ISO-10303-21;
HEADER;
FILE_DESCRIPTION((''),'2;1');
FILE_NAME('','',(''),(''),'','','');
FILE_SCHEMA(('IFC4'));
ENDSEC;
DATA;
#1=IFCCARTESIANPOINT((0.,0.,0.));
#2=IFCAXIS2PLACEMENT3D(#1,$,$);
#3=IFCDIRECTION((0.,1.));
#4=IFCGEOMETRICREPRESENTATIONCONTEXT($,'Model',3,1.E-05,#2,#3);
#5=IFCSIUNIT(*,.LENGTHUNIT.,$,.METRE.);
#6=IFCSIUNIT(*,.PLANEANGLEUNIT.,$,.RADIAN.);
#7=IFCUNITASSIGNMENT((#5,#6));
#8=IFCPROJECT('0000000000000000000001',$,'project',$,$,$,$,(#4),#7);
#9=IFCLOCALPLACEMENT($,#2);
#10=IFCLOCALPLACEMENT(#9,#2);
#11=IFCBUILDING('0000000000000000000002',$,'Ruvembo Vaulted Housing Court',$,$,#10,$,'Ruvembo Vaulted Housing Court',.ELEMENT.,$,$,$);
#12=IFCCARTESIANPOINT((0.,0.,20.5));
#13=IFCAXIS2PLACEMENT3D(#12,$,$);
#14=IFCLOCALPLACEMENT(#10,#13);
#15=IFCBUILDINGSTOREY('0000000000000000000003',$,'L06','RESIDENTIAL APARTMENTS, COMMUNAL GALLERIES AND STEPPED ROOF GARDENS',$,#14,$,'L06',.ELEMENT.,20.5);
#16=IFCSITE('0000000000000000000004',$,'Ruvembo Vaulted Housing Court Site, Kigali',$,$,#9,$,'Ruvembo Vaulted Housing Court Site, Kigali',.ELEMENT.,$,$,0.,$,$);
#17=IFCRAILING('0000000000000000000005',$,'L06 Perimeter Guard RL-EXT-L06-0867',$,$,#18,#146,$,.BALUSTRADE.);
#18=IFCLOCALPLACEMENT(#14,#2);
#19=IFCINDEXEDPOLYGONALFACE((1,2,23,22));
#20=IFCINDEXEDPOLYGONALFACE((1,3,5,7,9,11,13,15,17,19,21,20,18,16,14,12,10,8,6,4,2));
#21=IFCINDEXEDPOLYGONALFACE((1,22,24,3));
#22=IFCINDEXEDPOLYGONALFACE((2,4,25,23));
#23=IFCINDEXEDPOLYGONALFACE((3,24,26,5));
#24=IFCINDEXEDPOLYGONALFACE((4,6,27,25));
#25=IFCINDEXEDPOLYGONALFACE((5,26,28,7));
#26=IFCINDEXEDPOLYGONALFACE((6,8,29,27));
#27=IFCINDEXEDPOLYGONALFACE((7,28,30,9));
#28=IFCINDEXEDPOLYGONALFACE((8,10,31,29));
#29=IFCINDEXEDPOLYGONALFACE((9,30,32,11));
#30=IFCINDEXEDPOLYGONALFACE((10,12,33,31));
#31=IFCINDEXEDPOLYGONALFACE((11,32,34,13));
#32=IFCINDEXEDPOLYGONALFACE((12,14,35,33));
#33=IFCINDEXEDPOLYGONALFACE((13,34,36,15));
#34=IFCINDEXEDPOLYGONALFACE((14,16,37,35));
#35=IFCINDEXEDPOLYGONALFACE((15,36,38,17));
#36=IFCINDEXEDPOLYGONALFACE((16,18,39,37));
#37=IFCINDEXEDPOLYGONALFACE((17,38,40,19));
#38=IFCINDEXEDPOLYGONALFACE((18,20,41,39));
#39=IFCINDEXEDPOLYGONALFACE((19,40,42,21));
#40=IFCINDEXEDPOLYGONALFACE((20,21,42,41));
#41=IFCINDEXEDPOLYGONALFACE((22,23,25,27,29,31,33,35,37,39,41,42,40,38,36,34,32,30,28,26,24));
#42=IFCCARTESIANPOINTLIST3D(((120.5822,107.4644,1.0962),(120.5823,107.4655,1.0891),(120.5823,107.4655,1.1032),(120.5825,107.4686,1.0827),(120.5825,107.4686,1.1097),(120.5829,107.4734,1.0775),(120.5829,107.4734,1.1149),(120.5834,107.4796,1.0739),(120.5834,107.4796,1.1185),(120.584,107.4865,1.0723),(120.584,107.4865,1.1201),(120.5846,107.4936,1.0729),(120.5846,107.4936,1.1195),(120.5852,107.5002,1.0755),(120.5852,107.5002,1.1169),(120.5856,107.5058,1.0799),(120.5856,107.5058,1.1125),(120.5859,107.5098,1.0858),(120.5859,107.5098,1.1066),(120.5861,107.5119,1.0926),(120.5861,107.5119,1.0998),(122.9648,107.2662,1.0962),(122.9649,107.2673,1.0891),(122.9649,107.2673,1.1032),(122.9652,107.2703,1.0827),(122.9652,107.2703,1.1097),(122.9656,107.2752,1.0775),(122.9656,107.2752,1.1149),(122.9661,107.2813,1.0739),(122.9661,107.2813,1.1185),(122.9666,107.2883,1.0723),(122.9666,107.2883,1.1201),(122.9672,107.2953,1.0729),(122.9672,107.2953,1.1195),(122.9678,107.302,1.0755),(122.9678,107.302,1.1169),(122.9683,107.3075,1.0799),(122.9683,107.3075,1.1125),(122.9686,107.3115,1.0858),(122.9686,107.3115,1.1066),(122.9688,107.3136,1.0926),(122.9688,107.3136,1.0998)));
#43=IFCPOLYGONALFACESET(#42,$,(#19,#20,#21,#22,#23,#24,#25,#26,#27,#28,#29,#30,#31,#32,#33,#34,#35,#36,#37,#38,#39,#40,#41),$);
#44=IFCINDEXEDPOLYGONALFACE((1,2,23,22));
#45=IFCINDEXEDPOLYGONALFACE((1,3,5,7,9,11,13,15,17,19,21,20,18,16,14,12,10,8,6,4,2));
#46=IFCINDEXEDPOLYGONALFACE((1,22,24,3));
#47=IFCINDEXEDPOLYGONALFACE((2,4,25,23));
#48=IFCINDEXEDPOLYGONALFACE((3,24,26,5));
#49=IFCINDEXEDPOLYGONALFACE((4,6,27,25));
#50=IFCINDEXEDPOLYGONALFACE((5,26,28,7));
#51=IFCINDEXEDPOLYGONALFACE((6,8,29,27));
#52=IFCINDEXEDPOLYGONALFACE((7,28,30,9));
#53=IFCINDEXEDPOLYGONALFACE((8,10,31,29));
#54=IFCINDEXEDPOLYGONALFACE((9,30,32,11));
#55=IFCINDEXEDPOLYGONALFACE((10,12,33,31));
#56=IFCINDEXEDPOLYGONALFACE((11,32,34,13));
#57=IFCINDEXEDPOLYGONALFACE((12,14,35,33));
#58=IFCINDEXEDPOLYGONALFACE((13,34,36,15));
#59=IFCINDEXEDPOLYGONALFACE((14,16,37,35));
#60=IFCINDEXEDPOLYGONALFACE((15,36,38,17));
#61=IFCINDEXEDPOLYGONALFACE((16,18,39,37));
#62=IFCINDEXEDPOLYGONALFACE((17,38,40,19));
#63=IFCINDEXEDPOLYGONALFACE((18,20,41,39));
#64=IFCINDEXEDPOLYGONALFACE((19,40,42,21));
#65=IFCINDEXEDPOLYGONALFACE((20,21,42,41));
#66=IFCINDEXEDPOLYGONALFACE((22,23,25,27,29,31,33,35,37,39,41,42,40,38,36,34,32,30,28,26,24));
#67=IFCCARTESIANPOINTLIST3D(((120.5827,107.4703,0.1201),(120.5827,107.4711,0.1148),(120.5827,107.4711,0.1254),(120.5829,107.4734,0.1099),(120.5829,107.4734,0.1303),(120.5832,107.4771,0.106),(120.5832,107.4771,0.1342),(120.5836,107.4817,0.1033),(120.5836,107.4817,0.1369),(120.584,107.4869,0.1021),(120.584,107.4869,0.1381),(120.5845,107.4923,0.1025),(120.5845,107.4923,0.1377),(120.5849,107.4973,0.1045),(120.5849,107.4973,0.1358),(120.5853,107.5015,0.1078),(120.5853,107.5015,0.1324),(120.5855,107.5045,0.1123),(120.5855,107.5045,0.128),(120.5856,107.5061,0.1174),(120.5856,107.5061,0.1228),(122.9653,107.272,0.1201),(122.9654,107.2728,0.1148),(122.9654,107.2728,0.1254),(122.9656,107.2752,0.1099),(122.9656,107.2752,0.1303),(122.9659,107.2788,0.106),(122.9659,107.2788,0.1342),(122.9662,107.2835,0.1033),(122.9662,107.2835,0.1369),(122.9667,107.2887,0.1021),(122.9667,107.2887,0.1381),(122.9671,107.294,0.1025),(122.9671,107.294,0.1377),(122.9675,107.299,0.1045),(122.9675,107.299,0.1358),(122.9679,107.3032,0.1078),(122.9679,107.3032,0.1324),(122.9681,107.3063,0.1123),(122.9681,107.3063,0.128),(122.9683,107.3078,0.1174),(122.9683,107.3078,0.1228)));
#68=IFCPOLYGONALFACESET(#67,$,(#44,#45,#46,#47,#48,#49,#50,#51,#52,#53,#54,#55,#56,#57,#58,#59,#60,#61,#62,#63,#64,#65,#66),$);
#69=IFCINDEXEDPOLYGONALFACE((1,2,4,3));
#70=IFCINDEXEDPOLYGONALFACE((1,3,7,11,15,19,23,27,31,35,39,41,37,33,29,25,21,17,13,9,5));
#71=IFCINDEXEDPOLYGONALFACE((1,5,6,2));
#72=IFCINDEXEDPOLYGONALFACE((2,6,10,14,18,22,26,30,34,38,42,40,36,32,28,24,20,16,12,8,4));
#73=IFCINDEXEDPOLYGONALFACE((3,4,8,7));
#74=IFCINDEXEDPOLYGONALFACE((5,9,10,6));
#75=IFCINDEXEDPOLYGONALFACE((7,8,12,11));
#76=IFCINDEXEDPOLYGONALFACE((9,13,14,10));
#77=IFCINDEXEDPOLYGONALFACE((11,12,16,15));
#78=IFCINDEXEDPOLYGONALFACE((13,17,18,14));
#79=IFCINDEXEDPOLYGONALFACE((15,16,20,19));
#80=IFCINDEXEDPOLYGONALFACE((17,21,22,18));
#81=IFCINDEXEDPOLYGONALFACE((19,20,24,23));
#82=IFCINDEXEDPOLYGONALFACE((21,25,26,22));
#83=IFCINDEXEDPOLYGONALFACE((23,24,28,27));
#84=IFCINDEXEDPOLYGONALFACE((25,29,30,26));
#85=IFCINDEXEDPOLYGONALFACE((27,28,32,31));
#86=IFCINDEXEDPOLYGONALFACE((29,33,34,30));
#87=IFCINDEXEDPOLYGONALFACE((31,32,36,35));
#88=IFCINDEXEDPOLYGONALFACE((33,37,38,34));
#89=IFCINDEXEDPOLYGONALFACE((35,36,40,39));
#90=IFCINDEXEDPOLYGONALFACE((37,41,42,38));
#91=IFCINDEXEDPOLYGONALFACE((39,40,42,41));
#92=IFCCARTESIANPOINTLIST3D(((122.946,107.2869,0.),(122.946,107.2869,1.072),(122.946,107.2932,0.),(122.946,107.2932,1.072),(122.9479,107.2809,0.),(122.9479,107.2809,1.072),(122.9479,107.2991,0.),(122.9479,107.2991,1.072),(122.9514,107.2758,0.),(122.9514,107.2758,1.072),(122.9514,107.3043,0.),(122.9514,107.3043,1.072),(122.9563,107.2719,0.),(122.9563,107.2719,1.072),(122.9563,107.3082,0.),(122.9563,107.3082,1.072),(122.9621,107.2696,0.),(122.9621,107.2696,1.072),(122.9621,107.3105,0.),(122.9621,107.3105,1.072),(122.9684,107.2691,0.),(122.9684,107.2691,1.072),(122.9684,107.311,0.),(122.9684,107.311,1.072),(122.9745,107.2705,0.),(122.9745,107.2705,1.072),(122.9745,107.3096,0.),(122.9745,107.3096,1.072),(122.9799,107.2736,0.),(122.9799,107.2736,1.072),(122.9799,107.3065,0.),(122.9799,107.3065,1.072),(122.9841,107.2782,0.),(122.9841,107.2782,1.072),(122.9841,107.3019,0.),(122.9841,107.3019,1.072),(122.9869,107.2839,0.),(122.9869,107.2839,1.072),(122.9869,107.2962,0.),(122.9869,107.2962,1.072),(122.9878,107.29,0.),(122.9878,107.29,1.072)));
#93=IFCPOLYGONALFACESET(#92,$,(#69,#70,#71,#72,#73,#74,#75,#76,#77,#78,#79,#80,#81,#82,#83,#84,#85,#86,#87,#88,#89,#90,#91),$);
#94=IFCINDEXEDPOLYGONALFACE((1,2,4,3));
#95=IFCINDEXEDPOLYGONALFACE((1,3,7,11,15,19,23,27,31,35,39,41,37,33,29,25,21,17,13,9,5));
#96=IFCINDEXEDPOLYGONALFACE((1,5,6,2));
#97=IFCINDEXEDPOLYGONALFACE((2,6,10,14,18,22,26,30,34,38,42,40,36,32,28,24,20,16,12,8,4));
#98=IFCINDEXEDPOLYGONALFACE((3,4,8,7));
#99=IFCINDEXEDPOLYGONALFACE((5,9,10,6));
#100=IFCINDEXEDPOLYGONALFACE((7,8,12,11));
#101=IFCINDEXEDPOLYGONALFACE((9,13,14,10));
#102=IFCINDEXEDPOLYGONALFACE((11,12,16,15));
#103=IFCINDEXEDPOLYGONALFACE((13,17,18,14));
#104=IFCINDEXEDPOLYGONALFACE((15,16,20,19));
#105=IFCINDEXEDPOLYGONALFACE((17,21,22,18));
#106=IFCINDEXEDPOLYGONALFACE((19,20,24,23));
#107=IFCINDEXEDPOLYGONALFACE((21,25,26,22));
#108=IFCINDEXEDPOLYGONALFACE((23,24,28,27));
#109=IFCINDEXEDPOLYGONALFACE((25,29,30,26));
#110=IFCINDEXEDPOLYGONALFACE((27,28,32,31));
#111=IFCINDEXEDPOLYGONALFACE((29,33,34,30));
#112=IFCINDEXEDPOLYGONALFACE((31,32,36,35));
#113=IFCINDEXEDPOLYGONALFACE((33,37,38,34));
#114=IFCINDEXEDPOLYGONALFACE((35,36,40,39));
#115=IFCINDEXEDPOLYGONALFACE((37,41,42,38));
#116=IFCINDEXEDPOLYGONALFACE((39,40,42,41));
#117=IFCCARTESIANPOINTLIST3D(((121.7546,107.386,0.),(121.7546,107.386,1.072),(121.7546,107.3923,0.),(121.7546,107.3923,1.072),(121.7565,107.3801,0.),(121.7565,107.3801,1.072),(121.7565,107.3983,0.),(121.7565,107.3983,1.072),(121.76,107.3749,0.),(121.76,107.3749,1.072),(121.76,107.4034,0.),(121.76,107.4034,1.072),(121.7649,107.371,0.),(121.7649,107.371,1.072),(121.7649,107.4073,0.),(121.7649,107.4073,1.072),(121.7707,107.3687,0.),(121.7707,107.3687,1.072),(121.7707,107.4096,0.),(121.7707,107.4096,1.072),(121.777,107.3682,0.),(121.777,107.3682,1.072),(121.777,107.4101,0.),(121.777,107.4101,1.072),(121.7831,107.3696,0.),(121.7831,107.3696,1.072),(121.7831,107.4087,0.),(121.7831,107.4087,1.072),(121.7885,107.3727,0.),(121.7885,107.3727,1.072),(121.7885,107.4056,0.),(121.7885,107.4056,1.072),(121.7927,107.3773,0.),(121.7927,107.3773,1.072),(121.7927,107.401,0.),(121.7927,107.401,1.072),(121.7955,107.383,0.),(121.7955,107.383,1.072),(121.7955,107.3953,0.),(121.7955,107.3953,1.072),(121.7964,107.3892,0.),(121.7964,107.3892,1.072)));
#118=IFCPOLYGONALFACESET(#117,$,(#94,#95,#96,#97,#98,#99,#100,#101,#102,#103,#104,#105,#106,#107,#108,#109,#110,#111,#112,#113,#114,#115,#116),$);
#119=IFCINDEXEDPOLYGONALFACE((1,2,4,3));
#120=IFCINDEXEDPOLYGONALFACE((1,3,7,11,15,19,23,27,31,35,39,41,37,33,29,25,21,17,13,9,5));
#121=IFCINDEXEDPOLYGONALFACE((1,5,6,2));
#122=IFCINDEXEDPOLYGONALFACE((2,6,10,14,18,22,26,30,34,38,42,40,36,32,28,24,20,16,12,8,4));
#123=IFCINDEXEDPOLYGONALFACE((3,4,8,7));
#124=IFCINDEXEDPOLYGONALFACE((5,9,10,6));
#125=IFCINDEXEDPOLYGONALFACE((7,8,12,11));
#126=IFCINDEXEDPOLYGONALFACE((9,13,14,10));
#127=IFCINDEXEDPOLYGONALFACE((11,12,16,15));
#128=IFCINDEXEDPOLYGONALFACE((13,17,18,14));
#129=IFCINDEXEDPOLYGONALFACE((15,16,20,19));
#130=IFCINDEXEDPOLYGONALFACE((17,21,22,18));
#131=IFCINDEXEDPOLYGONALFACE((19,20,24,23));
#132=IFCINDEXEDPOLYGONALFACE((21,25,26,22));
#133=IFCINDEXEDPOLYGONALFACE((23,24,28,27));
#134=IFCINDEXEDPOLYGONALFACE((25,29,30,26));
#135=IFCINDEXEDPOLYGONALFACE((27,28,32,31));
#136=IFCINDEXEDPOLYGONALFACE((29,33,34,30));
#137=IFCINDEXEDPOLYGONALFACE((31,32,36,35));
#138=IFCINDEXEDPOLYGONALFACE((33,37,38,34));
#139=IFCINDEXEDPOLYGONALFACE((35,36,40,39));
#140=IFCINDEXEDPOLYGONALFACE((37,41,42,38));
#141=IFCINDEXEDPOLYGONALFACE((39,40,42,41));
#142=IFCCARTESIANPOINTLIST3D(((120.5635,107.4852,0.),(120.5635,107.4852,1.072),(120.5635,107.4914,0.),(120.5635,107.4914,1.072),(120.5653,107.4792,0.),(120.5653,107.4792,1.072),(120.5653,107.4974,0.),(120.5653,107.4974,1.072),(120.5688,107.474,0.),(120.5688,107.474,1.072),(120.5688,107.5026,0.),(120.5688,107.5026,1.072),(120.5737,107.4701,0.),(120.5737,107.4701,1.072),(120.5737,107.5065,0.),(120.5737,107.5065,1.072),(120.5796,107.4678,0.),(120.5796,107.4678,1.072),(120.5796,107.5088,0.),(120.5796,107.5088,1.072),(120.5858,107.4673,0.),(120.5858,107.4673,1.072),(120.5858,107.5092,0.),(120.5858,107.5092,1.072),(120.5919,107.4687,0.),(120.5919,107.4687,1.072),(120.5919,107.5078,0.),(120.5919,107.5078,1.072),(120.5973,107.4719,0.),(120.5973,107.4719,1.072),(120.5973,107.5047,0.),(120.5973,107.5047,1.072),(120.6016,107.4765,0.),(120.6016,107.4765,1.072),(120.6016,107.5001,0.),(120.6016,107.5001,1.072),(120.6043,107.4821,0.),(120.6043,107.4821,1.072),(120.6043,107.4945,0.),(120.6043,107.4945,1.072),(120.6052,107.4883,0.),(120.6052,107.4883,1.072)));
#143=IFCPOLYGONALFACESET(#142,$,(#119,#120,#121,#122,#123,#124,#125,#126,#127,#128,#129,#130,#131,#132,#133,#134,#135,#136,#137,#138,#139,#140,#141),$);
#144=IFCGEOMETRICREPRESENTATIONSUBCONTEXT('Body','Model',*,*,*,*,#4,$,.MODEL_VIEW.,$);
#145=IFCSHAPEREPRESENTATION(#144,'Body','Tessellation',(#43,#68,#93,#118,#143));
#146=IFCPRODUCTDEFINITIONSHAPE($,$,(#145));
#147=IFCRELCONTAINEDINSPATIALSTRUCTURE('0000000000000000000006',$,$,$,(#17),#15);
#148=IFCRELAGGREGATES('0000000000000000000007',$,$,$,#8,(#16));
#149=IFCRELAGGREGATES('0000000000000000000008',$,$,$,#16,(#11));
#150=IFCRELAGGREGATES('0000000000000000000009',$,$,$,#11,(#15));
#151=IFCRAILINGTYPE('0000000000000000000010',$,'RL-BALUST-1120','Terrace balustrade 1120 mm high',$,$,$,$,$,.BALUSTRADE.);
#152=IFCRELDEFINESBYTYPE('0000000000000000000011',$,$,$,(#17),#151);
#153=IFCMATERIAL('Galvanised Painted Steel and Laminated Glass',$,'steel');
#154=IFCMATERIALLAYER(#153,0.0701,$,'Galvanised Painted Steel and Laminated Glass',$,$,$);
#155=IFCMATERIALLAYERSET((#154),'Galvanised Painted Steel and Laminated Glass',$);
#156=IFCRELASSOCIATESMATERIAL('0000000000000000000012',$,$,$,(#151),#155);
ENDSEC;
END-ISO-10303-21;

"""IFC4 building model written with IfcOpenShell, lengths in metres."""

from ifc_helpers import new_model, si_unit, direction, frame, origin, origin_2d, place, context, subcontext, project, spatial, circle, extrude, material, layer, layer_set, type_object, element, save


model = new_model("IFC4")

# Units and contexts
model_context = context("Model", 3, precision=1e-05, world=origin(), true_north=direction((0.0, 1.0)))
body_context = subcontext(model_context, "Body", "Model", "MODEL_VIEW")
ifc_project = project(units=[si_unit("LENGTHUNIT", "METRE"), si_unit("PLANEANGLEUNIT", "RADIAN")], contexts=[model_context])

# Site, building, storey
site_placement = place(None, origin())
site = spatial("IfcSite", under=ifc_project, at=site_placement, Name="Ruvembo Vaulted Housing Court Site, Kigali", LongName="Ruvembo Vaulted Housing Court Site, Kigali", CompositionType="ELEMENT", RefElevation=0.0)
building_placement = place(site_placement, origin())
building = spatial("IfcBuilding", under=site, at=building_placement, Name="Ruvembo Vaulted Housing Court", LongName="Ruvembo Vaulted Housing Court", CompositionType="ELEMENT")
storey_placement = place(building_placement, frame((0.0, 0.0, 20.5)))
storey = spatial("IfcBuildingStorey", under=building, at=storey_placement, Name="L06", Description="RESIDENTIAL APARTMENTS, COMMUNAL GALLERIES AND STEPPED ROOF GARDENS", LongName="L06", CompositionType="ELEMENT", Elevation=20.5)

# Railing
ifc_material_1 = material(Name="Galvanised Painted Steel and Laminated Glass", Category="steel")
ifc_layer = layer(ifc_material_1, 0.0701, Name="Galvanised Painted Steel and Laminated Glass")
ifc_layer_set = layer_set([ifc_layer], Name="Galvanised Painted Steel and Laminated Glass")
railing_type = type_object("IfcRailingType", Name="RL-BALUST-1120", Description="Terrace balustrade 1120 mm high", PredefinedType="BALUSTRADE", material=ifc_layer_set)
railing_1_placement = place(storey_placement, frame((122.9668, 107.29, 0.0)))
element("IfcRailing", 1, at=railing_1_placement, inside=storey, type_object=railing_type, Name="L06 Perimeter Guard RL-EXT-L06-0867", PredefinedType="BALUSTRADE", context=body_context, shape_type="SweptSolid", body=[
    extrude(circle(Radius=0.0239, at=origin_2d()), frame((0.0, 0.0, 1.0962), z_axis=(-0.996556, 0.082919, 0.0), x_axis=(-0.082919, -0.996556, 0.0)), (0.0, 0.0, 1.0), 2.3909),
    extrude(circle(Radius=0.0181, at=origin_2d()), frame((0.0, 0.0, 0.1201), z_axis=(-0.996556, 0.082919, 0.0), x_axis=(-0.082919, -0.996556, 0.0)), (0.0, 0.0, 1.0), 2.3909),
    extrude(circle(Radius=0.021, at=origin_2d()), origin(), (0.0, 0.0, 1.0), 1.072),
    extrude(circle(Radius=0.021, at=origin_2d()), frame((-1.1914, 0.0991, 0.0)), (0.0, 0.0, 1.0), 1.072),
    extrude(circle(Radius=0.021, at=origin_2d()), frame((-2.3826, 0.1982, 0.0)), (0.0, 0.0, 1.0), 1.072),
])

save(model, "model.ifc")
